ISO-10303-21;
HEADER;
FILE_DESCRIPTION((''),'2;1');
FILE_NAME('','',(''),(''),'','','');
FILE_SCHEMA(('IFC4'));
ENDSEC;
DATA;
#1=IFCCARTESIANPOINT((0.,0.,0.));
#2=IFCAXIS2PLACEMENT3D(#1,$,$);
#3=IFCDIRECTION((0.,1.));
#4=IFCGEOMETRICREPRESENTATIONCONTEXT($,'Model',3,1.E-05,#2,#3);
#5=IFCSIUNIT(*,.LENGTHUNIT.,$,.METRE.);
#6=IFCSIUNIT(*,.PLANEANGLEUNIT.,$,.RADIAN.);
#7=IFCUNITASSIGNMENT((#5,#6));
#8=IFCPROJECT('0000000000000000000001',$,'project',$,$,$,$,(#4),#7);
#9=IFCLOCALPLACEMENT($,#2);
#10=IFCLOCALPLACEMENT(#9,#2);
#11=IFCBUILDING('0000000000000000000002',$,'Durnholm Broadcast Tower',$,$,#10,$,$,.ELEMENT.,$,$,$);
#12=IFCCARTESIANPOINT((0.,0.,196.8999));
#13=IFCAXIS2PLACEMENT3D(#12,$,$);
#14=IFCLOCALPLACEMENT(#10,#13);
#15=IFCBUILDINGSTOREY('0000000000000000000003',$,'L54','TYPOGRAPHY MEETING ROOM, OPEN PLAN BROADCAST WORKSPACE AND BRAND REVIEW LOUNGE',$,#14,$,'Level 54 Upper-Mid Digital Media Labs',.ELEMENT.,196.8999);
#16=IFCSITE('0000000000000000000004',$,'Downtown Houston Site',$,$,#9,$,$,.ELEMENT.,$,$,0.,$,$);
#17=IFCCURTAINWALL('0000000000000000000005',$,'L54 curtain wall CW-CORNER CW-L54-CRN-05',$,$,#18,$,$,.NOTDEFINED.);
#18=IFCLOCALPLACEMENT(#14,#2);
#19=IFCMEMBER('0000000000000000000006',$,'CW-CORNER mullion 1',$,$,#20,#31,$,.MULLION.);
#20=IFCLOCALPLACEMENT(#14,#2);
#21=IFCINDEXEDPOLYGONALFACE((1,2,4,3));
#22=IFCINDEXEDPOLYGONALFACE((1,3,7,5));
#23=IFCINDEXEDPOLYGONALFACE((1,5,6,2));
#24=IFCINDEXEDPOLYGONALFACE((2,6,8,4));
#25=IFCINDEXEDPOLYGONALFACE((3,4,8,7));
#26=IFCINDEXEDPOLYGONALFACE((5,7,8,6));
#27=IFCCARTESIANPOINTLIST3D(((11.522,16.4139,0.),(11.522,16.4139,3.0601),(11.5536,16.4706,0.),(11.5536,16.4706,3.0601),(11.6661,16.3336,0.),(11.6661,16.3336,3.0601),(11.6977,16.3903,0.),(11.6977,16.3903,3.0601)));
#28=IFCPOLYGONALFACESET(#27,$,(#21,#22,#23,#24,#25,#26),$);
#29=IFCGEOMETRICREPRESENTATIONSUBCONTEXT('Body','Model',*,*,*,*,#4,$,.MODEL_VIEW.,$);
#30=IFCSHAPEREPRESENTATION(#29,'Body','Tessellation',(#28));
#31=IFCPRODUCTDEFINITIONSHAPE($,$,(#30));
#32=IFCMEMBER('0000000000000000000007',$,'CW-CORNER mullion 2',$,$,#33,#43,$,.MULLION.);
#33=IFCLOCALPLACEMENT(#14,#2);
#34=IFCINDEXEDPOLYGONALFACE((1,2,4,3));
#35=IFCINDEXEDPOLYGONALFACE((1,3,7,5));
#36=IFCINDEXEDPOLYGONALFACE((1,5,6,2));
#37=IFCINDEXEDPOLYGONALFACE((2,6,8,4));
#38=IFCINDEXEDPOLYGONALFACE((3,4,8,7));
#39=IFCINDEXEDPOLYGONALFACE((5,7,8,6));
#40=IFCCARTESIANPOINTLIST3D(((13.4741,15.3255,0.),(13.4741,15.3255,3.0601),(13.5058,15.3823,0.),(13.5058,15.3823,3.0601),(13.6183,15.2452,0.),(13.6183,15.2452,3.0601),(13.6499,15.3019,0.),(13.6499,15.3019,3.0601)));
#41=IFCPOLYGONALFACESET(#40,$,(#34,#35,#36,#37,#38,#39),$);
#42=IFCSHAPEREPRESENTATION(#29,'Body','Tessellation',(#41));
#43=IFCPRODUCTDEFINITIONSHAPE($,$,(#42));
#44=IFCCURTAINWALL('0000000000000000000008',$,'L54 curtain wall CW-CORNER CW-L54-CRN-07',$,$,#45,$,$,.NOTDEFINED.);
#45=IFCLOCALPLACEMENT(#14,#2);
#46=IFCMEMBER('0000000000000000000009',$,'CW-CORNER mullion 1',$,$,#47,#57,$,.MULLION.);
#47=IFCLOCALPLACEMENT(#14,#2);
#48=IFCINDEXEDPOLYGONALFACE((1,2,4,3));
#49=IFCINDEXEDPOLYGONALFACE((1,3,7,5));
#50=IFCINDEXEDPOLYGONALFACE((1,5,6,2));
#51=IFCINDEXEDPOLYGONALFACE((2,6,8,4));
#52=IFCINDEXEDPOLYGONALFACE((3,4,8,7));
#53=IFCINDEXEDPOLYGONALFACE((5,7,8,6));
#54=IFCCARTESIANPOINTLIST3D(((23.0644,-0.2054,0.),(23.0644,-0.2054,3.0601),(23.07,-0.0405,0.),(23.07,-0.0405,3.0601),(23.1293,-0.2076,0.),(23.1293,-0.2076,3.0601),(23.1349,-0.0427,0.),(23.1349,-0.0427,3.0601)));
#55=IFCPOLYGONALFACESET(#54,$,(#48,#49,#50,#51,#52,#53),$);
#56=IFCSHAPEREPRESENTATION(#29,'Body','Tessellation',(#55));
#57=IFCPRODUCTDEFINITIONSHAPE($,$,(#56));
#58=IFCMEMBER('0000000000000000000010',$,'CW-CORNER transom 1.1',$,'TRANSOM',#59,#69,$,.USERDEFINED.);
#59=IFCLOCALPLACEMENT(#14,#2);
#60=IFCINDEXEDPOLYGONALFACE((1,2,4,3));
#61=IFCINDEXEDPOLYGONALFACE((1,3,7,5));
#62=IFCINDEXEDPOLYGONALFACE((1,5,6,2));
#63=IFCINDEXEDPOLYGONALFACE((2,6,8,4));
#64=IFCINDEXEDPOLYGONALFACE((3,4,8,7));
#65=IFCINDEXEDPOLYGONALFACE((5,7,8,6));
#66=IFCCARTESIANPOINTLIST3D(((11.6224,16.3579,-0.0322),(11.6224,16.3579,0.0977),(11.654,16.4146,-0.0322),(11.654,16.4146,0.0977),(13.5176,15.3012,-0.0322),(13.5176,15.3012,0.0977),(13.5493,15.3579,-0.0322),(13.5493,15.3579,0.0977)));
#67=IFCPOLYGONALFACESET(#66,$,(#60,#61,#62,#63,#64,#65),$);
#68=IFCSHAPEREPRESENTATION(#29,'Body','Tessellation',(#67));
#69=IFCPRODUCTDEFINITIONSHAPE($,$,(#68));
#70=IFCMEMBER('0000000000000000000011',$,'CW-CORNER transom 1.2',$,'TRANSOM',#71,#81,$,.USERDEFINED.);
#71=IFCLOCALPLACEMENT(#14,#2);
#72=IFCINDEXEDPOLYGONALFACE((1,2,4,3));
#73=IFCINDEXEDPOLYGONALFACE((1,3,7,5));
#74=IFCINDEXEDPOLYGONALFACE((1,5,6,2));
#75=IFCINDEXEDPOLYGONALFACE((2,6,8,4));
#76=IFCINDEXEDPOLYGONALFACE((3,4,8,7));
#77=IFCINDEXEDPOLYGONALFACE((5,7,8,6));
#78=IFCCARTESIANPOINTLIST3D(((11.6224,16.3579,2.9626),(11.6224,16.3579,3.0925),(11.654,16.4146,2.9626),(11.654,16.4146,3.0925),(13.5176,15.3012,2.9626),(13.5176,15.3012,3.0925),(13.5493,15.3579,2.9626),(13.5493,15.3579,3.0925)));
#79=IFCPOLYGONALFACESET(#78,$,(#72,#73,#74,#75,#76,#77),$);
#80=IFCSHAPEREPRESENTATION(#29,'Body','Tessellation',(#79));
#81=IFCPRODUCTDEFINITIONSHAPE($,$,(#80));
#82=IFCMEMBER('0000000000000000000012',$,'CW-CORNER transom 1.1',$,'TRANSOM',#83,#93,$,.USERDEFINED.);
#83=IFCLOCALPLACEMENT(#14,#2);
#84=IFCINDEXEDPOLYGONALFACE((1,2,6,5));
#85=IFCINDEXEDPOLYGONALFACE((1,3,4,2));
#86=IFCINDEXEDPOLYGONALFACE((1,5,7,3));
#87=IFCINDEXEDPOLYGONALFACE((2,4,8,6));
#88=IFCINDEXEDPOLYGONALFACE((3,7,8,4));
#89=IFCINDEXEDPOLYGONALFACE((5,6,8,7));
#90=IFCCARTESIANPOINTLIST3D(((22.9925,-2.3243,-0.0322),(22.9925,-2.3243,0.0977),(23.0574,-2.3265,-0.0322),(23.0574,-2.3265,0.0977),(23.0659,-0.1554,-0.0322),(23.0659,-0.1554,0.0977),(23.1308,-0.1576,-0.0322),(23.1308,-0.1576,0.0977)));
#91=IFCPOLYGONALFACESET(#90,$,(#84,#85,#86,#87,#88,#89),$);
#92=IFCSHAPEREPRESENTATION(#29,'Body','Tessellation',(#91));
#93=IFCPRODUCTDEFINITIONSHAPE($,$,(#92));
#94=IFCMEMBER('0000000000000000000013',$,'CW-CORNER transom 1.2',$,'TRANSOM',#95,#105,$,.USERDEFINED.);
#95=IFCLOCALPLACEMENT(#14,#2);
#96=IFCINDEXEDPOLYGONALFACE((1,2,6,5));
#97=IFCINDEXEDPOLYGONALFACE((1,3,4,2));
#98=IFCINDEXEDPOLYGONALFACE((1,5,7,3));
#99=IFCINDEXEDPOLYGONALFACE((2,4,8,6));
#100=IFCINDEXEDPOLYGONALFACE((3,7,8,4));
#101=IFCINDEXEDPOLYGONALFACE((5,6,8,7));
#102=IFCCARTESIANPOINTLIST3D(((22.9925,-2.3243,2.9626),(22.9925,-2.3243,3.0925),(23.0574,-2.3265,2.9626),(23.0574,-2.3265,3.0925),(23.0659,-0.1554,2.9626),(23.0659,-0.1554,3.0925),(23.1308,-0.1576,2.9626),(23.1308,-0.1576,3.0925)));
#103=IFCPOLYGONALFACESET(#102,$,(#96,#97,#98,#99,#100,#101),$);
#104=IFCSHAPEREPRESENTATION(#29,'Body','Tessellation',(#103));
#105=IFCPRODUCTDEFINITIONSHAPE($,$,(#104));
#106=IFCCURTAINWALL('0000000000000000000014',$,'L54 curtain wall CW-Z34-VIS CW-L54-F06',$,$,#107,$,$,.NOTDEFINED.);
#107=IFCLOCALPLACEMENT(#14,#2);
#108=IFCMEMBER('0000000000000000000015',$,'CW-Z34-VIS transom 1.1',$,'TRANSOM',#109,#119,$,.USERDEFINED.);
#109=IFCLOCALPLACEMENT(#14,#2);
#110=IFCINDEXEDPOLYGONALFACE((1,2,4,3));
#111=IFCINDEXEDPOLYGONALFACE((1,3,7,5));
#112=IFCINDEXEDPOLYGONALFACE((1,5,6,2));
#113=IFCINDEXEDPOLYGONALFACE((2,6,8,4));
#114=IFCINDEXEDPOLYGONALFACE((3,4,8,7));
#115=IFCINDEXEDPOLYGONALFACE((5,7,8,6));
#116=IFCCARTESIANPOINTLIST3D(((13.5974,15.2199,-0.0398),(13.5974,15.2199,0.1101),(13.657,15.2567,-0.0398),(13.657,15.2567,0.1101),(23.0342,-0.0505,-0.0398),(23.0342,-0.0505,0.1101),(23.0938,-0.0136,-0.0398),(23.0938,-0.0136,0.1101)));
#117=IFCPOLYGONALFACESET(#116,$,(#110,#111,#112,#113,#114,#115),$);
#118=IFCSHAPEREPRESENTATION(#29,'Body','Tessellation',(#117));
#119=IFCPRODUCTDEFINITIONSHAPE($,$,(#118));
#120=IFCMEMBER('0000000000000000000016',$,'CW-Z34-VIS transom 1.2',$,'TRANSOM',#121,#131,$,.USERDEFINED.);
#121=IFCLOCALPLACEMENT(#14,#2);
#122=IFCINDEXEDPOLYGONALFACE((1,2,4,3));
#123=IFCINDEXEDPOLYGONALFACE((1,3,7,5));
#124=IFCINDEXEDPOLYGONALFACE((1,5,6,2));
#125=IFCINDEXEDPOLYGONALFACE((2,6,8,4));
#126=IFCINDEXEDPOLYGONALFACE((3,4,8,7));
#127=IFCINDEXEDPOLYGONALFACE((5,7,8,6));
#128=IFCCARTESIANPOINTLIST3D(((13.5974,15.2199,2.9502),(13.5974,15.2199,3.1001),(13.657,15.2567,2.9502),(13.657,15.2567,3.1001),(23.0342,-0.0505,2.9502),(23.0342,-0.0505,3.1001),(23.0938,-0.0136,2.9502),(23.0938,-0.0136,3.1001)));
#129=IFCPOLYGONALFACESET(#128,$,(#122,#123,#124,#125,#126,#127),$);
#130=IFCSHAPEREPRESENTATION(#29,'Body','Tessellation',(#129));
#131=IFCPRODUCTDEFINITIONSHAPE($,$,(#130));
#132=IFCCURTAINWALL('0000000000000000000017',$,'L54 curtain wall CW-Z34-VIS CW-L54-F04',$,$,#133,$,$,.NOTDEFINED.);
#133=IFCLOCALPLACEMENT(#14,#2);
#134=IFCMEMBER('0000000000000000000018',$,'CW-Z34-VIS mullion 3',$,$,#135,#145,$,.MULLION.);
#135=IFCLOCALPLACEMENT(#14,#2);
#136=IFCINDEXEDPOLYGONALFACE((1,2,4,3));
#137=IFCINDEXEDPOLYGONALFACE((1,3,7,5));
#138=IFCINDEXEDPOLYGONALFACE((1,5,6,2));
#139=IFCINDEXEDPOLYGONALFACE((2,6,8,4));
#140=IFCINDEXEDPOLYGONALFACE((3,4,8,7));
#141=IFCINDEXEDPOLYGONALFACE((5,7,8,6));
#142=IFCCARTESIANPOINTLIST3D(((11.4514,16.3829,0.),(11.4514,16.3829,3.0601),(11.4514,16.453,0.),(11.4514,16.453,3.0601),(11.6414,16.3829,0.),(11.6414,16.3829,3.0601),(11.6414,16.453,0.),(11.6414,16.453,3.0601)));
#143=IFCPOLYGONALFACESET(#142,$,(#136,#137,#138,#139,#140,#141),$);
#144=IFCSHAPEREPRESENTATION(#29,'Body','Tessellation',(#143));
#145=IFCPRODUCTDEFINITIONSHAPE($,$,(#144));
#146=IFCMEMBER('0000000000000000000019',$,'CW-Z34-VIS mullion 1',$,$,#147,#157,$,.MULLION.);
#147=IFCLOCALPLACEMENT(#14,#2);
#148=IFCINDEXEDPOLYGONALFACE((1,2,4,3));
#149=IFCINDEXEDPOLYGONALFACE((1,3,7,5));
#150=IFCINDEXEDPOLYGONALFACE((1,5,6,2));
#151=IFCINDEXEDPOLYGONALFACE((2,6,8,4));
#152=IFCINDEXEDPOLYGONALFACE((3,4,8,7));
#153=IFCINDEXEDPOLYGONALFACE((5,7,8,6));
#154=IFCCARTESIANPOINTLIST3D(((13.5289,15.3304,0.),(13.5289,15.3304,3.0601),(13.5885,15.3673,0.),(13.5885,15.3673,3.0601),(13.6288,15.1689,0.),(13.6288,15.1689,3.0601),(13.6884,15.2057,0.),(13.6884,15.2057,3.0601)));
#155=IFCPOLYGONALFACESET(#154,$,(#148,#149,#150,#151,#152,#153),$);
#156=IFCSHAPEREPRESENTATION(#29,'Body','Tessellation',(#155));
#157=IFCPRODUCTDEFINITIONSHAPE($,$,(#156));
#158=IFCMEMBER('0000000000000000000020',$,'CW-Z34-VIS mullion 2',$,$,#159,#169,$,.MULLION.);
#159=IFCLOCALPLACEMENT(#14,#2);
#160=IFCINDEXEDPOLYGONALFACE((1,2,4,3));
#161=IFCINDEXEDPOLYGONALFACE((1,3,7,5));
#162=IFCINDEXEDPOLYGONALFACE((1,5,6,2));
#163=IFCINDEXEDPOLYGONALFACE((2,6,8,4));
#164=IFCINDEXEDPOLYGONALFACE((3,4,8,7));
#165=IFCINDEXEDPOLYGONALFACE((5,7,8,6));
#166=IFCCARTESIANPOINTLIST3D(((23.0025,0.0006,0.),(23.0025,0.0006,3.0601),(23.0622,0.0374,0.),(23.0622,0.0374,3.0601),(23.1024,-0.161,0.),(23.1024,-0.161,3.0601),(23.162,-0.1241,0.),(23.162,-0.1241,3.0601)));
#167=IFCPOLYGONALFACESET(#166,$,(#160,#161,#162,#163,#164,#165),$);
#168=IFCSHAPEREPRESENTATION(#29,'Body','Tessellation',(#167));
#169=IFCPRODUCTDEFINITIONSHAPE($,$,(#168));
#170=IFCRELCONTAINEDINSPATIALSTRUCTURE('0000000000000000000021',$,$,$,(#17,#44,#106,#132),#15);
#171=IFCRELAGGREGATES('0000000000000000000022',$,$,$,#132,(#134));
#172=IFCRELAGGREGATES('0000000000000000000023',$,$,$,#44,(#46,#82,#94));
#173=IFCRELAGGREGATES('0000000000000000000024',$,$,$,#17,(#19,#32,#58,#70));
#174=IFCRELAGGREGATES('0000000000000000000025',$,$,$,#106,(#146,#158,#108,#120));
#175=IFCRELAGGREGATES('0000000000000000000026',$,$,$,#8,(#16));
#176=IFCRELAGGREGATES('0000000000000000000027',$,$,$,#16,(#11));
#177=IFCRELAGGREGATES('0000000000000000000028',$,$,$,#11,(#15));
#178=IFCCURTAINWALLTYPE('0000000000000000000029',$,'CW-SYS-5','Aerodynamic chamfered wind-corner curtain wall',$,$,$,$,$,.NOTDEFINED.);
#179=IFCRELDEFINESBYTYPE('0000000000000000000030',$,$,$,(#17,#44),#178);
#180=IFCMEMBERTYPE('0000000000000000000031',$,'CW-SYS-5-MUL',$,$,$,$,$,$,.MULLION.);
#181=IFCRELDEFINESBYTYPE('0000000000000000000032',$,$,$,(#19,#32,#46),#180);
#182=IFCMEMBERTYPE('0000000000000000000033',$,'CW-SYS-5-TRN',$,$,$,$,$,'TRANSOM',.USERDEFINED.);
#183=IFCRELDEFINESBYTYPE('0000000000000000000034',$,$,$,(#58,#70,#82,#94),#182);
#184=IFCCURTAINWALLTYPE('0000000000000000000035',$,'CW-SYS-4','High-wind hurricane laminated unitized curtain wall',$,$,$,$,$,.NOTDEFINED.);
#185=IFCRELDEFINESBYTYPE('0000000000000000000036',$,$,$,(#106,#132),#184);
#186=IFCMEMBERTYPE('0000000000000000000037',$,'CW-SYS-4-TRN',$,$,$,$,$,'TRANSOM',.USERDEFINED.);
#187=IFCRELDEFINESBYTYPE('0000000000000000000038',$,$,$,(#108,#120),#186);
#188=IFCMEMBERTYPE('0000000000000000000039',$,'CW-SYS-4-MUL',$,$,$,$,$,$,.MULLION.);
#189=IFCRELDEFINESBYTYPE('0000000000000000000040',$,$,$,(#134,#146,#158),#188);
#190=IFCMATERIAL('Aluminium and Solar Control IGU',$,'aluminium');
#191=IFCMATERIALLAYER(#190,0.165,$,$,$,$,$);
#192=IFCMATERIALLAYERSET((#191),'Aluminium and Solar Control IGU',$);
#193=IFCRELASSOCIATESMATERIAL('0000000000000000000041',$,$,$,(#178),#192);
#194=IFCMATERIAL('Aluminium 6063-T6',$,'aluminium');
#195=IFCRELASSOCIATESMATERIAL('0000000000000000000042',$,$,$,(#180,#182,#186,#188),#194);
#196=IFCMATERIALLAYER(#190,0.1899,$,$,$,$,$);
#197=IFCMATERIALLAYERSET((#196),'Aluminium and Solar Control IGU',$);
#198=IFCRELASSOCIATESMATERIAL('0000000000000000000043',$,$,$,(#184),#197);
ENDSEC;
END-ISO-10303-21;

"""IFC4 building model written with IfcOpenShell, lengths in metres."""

from ifc_helpers import new_model, si_unit, direction, frame, origin, origin_2d, place, context, subcontext, project, spatial, rectangle, extrude, source, transform, mapped, material, layer, layer_set, material_profile, profile_set, type_object, type_shapes, element, aggregate, save


model = new_model("IFC4")

# Units and contexts
model_context = context("Model", 3, precision=1e-05, world=origin(), true_north=direction((0.0, 1.0)))
body_context = subcontext(model_context, "Body", "Model", "MODEL_VIEW")
ifc_project = project(units=[si_unit("LENGTHUNIT", "METRE"), si_unit("PLANEANGLEUNIT", "RADIAN")], contexts=[model_context])

# Site, building, storey
site_placement = place(None, origin())
site = spatial("IfcSite", under=ifc_project, at=site_placement, Name="Downtown Houston Site", CompositionType="ELEMENT", RefElevation=0.0)
building_placement = place(site_placement, origin())
building = spatial("IfcBuilding", under=site, at=building_placement, Name="Durnholm Broadcast Tower", CompositionType="ELEMENT")
storey_placement = place(building_placement, frame((0.0, 0.0, 196.8999)))
storey = spatial("IfcBuildingStorey", under=building, at=storey_placement, Name="L54", Description="TYPOGRAPHY MEETING ROOM, OPEN PLAN BROADCAST WORKSPACE AND BRAND REVIEW LOUNGE", LongName="Level 54 Upper-Mid Digital Media Labs", CompositionType="ELEMENT", Elevation=196.8999)

# Curtain wall, members
ifc_material_1 = material(Name="Aluminium and Solar Control IGU", Category="aluminium")
ifc_layer_1 = layer(ifc_material_1, 0.165)
ifc_layer_set_1 = layer_set([ifc_layer_1], Name="Aluminium and Solar Control IGU")
curtain_wall_type_1 = type_object("IfcCurtainWallType", Name="CW-SYS-5", Description="Aerodynamic chamfered wind-corner curtain wall", PredefinedType="NOTDEFINED", material=ifc_layer_set_1)
curtain_wall_1_placement = place(storey_placement, origin())
curtain_wall_1 = element("IfcCurtainWall", 1, at=curtain_wall_1_placement, inside=storey, type_object=curtain_wall_type_1, Name="L54 curtain wall CW-CORNER CW-L54-CRN-05", PredefinedType="NOTDEFINED")
ifc_material_2 = material(Name="Aluminium 6063-T6", Category="aluminium")
ifc_material_profile_1 = material_profile(ifc_material_2, rectangle(XDim=0.0649, YDim=0.165, at=origin_2d()), Name="CWM65X165")
ifc_profile_set_1 = profile_set([ifc_material_profile_1], Name="Aluminium 6063-T6")
member_type_1 = type_object("IfcMemberType", Name="CW-SYS-5-MUL", PredefinedType="MULLION", material=ifc_profile_set_1)
shared_shape_1 = source(origin(), body_context, "Body", "SweptSolid", [
    extrude(rectangle(XDim=0.0649, YDim=0.165, at=origin_2d()), origin(), (0.0, 0.0, 1.0), 3.0601),
])
type_shapes(member_type_1, [shared_shape_1])
member_1_placement = place(storey_placement, frame((11.6099, 16.4021, 0.0), z_axis=(0.0, 0.0, 1.0), x_axis=(0.486986, 0.87341, 0.0)))
member_1 = element("IfcMember", 2, at=member_1_placement, type_object=member_type_1, Name="CW-CORNER mullion 1", PredefinedType="MULLION", context=body_context, shape_type="MappedRepresentation", body=[
    mapped(shared_shape_1, transform((0.0, 0.0, 0.0), x_axis=(1.0, 0.0, 0.0), y_axis=(0.0, 1.0, 0.0), z_axis=(0.0, 0.0, 1.0), scale=1.0)),
])
member_2_placement = place(storey_placement, frame((13.562, 15.3137, 0.0), z_axis=(0.0, 0.0, 1.0), x_axis=(0.486986, 0.87341, 0.0)))
member_2 = element("IfcMember", 3, at=member_2_placement, type_object=member_type_1, Name="CW-CORNER mullion 2", PredefinedType="MULLION", context=body_context, shape_type="MappedRepresentation", body=[
    mapped(shared_shape_1, transform((0.0, 0.0, 0.0), x_axis=(1.0, 0.0, 0.0), y_axis=(0.0, 1.0, 0.0), z_axis=(0.0, 0.0, 1.0), scale=1.0)),
])

# Curtain wall, member
curtain_wall_2_placement = place(storey_placement, origin())
curtain_wall_2 = element("IfcCurtainWall", 4, at=curtain_wall_2_placement, inside=storey, type_object=curtain_wall_type_1, Name="L54 curtain wall CW-CORNER CW-L54-CRN-07", PredefinedType="NOTDEFINED")
member_3_placement = place(storey_placement, frame((23.0996, -0.124, 0.0), z_axis=(0.0, 0.0, 1.0), x_axis=(0.999425, -0.033913, 0.0)))
member_3 = element("IfcMember", 5, at=member_3_placement, type_object=member_type_1, Name="CW-CORNER mullion 1", PredefinedType="MULLION", context=body_context, shape_type="MappedRepresentation", body=[
    mapped(shared_shape_1, transform((0.0, 0.0, 0.0), x_axis=(1.0, 0.0, 0.0), y_axis=(0.0, 1.0, 0.0), z_axis=(0.0, 0.0, 1.0), scale=1.0)),
])

# Members
ifc_material_profile_2 = material_profile(ifc_material_2, rectangle(XDim=0.0649, YDim=0.1299, at=origin_2d()), Name="CWT65X130")
ifc_profile_set_2 = profile_set([ifc_material_profile_2], Name="Aluminium 6063-T6")
member_type_2 = type_object("IfcMemberType", Name="CW-SYS-5-TRN", ElementType="TRANSOM", PredefinedType="USERDEFINED", material=ifc_profile_set_2)
shared_shape_2 = source(origin(), body_context, "Body", "SweptSolid", [
    extrude(rectangle(XDim=0.0649, YDim=0.1299, at=origin_2d()), origin(), (0.0, 0.0, 1.0), 2.1699),
])
member_4_placement = place(storey_placement, frame((11.6382, 16.3862, 0.0327), z_axis=(0.873429, -0.486951, 0.0), x_axis=(0.486951, 0.873429, 0.0)))
member_4 = element("IfcMember", 6, at=member_4_placement, type_object=member_type_2, Name="CW-CORNER transom 1.1", ObjectType="TRANSOM", PredefinedType="USERDEFINED", context=body_context, shape_type="MappedRepresentation", body=[
    mapped(shared_shape_2, transform((0.0, 0.0, 0.0), x_axis=(1.0, 0.0, 0.0), y_axis=(0.0, 1.0, 0.0), z_axis=(0.0, 0.0, 1.0), scale=1.0)),
])
member_5_placement = place(storey_placement, frame((11.6382, 16.3862, 3.0276), z_axis=(0.873429, -0.486951, 0.0), x_axis=(0.486951, 0.873429, 0.0)))
member_5 = element("IfcMember", 7, at=member_5_placement, type_object=member_type_2, Name="CW-CORNER transom 1.2", ObjectType="TRANSOM", PredefinedType="USERDEFINED", context=body_context, shape_type="MappedRepresentation", body=[
    mapped(shared_shape_2, transform((0.0, 0.0, 0.0), x_axis=(1.0, 0.0, 0.0), y_axis=(0.0, 1.0, 0.0), z_axis=(0.0, 0.0, 1.0), scale=1.0)),
])
shared_shape_3 = source(origin(), body_context, "Body", "SweptSolid", [
    extrude(rectangle(XDim=0.0649, YDim=0.1299, at=origin_2d()), origin(), (0.0, 0.0, 1.0), 2.1702),
])
type_shapes(member_type_2, [shared_shape_2, shared_shape_3])
member_6_placement = place(storey_placement, frame((23.0984, -0.1565, 0.0327), z_axis=(-0.033862, -0.999427, 0.0), x_axis=(0.999427, -0.033862, 0.0)))
member_6 = element("IfcMember", 8, at=member_6_placement, type_object=member_type_2, Name="CW-CORNER transom 1.1", ObjectType="TRANSOM", PredefinedType="USERDEFINED", context=body_context, shape_type="MappedRepresentation", body=[
    mapped(shared_shape_3, transform((0.0, 0.0, 0.0), x_axis=(1.0, 0.0, 0.0), y_axis=(0.0, 1.0, 0.0), z_axis=(0.0, 0.0, 1.0), scale=1.0)),
])
member_7_placement = place(storey_placement, frame((23.0984, -0.1565, 3.0276), z_axis=(-0.033862, -0.999427, 0.0), x_axis=(0.999427, -0.033862, 0.0)))
member_7 = element("IfcMember", 9, at=member_7_placement, type_object=member_type_2, Name="CW-CORNER transom 1.2", ObjectType="TRANSOM", PredefinedType="USERDEFINED", context=body_context, shape_type="MappedRepresentation", body=[
    mapped(shared_shape_3, transform((0.0, 0.0, 0.0), x_axis=(1.0, 0.0, 0.0), y_axis=(0.0, 1.0, 0.0), z_axis=(0.0, 0.0, 1.0), scale=1.0)),
])

# Curtain wall, members
ifc_layer_2 = layer(ifc_material_1, 0.1899)
ifc_layer_set_2 = layer_set([ifc_layer_2], Name="Aluminium and Solar Control IGU")
curtain_wall_type_2 = type_object("IfcCurtainWallType", Name="CW-SYS-4", Description="High-wind hurricane laminated unitized curtain wall", PredefinedType="NOTDEFINED", material=ifc_layer_set_2)
curtain_wall_3_placement = place(storey_placement, origin())
curtain_wall_3 = element("IfcCurtainWall", 10, at=curtain_wall_3_placement, inside=storey, type_object=curtain_wall_type_2, Name="L54 curtain wall CW-Z34-VIS CW-L54-F06", PredefinedType="NOTDEFINED")
ifc_material_profile_3 = material_profile(ifc_material_2, rectangle(XDim=0.0701, YDim=0.1499, at=origin_2d()), Name="CWT70X150")
ifc_profile_set_3 = profile_set([ifc_material_profile_3], Name="Aluminium 6063-T6")
member_type_3 = type_object("IfcMemberType", Name="CW-SYS-4-TRN", ElementType="TRANSOM", PredefinedType="USERDEFINED", material=ifc_profile_set_3)
shared_shape_4 = source(origin(), body_context, "Body", "SweptSolid", [
    extrude(rectangle(XDim=0.0701, YDim=0.1499, at=origin_2d()), origin(), (0.0, 0.0, 1.0), 17.9509),
])
type_shapes(member_type_3, [shared_shape_4])
member_8_placement = place(storey_placement, frame((13.6272, 15.2383, 0.0352), z_axis=(0.5257, -0.85067, 0.0), x_axis=(0.85067, 0.5257, 0.0)))
member_8 = element("IfcMember", 11, at=member_8_placement, type_object=member_type_3, Name="CW-Z34-VIS transom 1.1", ObjectType="TRANSOM", PredefinedType="USERDEFINED", context=body_context, shape_type="MappedRepresentation", body=[
    mapped(shared_shape_4, transform((0.0, 0.0, 0.0), x_axis=(1.0, 0.0, 0.0), y_axis=(0.0, 1.0, 0.0), z_axis=(0.0, 0.0, 1.0), scale=1.0)),
])
member_9_placement = place(storey_placement, frame((13.6272, 15.2383, 3.0251), z_axis=(0.5257, -0.85067, 0.0), x_axis=(0.85067, 0.5257, 0.0)))
member_9 = element("IfcMember", 12, at=member_9_placement, type_object=member_type_3, Name="CW-Z34-VIS transom 1.2", ObjectType="TRANSOM", PredefinedType="USERDEFINED", context=body_context, shape_type="MappedRepresentation", body=[
    mapped(shared_shape_4, transform((0.0, 0.0, 0.0), x_axis=(1.0, 0.0, 0.0), y_axis=(0.0, 1.0, 0.0), z_axis=(0.0, 0.0, 1.0), scale=1.0)),
])

# Curtain wall, member
curtain_wall_4_placement = place(storey_placement, origin())
curtain_wall_4 = element("IfcCurtainWall", 13, at=curtain_wall_4_placement, inside=storey, type_object=curtain_wall_type_2, Name="L54 curtain wall CW-Z34-VIS CW-L54-F04", PredefinedType="NOTDEFINED")
ifc_material_profile_4 = material_profile(ifc_material_2, rectangle(XDim=0.0701, YDim=0.1899, at=origin_2d()), Name="CWM70X190")
ifc_profile_set_4 = profile_set([ifc_material_profile_4], Name="Aluminium 6063-T6")
member_type_4 = type_object("IfcMemberType", Name="CW-SYS-4-MUL", PredefinedType="MULLION", material=ifc_profile_set_4)
shared_shape_5 = source(origin(), body_context, "Body", "SweptSolid", [
    extrude(rectangle(XDim=0.0701, YDim=0.1899, at=origin_2d()), origin(), (0.0, 0.0, 1.0), 3.0601),
])
type_shapes(member_type_4, [shared_shape_5])
member_10_placement = place(storey_placement, frame((11.5464, 16.418, 0.0), z_axis=(0.0, 0.0, 1.0), x_axis=(0.0, 1.0, 0.0)))
member_10 = element("IfcMember", 14, at=member_10_placement, type_object=member_type_4, Name="CW-Z34-VIS mullion 3", PredefinedType="MULLION", context=body_context, shape_type="MappedRepresentation", body=[
    mapped(shared_shape_5, transform((0.0, 0.0, 0.0), x_axis=(1.0, 0.0, 0.0), y_axis=(0.0, 1.0, 0.0), z_axis=(0.0, 0.0, 1.0), scale=1.0)),
])
aggregate(curtain_wall_4, [member_10])

# Members
member_11_placement = place(storey_placement, frame((13.6086, 15.2681, 0.0), z_axis=(0.0, 0.0, 1.0), x_axis=(0.850671, 0.525698, 0.0)))
member_11 = element("IfcMember", 15, at=member_11_placement, type_object=member_type_4, Name="CW-Z34-VIS mullion 1", PredefinedType="MULLION", context=body_context, shape_type="MappedRepresentation", body=[
    mapped(shared_shape_5, transform((0.0, 0.0, 0.0), x_axis=(1.0, 0.0, 0.0), y_axis=(0.0, 1.0, 0.0), z_axis=(0.0, 0.0, 1.0), scale=1.0)),
])
member_12_placement = place(storey_placement, frame((23.0823, -0.0618, 0.0), z_axis=(0.0, 0.0, 1.0), x_axis=(0.850671, 0.525698, 0.0)))
member_12 = element("IfcMember", 16, at=member_12_placement, type_object=member_type_4, Name="CW-Z34-VIS mullion 2", PredefinedType="MULLION", context=body_context, shape_type="MappedRepresentation", body=[
    mapped(shared_shape_5, transform((0.0, 0.0, 0.0), x_axis=(1.0, 0.0, 0.0), y_axis=(0.0, 1.0, 0.0), z_axis=(0.0, 0.0, 1.0), scale=1.0)),
])

aggregate(curtain_wall_2, [member_3, member_6, member_7])
aggregate(curtain_wall_1, [member_1, member_2, member_4, member_5])
aggregate(curtain_wall_3, [member_11, member_12, member_8, member_9])

save(model, "model.ifc")
